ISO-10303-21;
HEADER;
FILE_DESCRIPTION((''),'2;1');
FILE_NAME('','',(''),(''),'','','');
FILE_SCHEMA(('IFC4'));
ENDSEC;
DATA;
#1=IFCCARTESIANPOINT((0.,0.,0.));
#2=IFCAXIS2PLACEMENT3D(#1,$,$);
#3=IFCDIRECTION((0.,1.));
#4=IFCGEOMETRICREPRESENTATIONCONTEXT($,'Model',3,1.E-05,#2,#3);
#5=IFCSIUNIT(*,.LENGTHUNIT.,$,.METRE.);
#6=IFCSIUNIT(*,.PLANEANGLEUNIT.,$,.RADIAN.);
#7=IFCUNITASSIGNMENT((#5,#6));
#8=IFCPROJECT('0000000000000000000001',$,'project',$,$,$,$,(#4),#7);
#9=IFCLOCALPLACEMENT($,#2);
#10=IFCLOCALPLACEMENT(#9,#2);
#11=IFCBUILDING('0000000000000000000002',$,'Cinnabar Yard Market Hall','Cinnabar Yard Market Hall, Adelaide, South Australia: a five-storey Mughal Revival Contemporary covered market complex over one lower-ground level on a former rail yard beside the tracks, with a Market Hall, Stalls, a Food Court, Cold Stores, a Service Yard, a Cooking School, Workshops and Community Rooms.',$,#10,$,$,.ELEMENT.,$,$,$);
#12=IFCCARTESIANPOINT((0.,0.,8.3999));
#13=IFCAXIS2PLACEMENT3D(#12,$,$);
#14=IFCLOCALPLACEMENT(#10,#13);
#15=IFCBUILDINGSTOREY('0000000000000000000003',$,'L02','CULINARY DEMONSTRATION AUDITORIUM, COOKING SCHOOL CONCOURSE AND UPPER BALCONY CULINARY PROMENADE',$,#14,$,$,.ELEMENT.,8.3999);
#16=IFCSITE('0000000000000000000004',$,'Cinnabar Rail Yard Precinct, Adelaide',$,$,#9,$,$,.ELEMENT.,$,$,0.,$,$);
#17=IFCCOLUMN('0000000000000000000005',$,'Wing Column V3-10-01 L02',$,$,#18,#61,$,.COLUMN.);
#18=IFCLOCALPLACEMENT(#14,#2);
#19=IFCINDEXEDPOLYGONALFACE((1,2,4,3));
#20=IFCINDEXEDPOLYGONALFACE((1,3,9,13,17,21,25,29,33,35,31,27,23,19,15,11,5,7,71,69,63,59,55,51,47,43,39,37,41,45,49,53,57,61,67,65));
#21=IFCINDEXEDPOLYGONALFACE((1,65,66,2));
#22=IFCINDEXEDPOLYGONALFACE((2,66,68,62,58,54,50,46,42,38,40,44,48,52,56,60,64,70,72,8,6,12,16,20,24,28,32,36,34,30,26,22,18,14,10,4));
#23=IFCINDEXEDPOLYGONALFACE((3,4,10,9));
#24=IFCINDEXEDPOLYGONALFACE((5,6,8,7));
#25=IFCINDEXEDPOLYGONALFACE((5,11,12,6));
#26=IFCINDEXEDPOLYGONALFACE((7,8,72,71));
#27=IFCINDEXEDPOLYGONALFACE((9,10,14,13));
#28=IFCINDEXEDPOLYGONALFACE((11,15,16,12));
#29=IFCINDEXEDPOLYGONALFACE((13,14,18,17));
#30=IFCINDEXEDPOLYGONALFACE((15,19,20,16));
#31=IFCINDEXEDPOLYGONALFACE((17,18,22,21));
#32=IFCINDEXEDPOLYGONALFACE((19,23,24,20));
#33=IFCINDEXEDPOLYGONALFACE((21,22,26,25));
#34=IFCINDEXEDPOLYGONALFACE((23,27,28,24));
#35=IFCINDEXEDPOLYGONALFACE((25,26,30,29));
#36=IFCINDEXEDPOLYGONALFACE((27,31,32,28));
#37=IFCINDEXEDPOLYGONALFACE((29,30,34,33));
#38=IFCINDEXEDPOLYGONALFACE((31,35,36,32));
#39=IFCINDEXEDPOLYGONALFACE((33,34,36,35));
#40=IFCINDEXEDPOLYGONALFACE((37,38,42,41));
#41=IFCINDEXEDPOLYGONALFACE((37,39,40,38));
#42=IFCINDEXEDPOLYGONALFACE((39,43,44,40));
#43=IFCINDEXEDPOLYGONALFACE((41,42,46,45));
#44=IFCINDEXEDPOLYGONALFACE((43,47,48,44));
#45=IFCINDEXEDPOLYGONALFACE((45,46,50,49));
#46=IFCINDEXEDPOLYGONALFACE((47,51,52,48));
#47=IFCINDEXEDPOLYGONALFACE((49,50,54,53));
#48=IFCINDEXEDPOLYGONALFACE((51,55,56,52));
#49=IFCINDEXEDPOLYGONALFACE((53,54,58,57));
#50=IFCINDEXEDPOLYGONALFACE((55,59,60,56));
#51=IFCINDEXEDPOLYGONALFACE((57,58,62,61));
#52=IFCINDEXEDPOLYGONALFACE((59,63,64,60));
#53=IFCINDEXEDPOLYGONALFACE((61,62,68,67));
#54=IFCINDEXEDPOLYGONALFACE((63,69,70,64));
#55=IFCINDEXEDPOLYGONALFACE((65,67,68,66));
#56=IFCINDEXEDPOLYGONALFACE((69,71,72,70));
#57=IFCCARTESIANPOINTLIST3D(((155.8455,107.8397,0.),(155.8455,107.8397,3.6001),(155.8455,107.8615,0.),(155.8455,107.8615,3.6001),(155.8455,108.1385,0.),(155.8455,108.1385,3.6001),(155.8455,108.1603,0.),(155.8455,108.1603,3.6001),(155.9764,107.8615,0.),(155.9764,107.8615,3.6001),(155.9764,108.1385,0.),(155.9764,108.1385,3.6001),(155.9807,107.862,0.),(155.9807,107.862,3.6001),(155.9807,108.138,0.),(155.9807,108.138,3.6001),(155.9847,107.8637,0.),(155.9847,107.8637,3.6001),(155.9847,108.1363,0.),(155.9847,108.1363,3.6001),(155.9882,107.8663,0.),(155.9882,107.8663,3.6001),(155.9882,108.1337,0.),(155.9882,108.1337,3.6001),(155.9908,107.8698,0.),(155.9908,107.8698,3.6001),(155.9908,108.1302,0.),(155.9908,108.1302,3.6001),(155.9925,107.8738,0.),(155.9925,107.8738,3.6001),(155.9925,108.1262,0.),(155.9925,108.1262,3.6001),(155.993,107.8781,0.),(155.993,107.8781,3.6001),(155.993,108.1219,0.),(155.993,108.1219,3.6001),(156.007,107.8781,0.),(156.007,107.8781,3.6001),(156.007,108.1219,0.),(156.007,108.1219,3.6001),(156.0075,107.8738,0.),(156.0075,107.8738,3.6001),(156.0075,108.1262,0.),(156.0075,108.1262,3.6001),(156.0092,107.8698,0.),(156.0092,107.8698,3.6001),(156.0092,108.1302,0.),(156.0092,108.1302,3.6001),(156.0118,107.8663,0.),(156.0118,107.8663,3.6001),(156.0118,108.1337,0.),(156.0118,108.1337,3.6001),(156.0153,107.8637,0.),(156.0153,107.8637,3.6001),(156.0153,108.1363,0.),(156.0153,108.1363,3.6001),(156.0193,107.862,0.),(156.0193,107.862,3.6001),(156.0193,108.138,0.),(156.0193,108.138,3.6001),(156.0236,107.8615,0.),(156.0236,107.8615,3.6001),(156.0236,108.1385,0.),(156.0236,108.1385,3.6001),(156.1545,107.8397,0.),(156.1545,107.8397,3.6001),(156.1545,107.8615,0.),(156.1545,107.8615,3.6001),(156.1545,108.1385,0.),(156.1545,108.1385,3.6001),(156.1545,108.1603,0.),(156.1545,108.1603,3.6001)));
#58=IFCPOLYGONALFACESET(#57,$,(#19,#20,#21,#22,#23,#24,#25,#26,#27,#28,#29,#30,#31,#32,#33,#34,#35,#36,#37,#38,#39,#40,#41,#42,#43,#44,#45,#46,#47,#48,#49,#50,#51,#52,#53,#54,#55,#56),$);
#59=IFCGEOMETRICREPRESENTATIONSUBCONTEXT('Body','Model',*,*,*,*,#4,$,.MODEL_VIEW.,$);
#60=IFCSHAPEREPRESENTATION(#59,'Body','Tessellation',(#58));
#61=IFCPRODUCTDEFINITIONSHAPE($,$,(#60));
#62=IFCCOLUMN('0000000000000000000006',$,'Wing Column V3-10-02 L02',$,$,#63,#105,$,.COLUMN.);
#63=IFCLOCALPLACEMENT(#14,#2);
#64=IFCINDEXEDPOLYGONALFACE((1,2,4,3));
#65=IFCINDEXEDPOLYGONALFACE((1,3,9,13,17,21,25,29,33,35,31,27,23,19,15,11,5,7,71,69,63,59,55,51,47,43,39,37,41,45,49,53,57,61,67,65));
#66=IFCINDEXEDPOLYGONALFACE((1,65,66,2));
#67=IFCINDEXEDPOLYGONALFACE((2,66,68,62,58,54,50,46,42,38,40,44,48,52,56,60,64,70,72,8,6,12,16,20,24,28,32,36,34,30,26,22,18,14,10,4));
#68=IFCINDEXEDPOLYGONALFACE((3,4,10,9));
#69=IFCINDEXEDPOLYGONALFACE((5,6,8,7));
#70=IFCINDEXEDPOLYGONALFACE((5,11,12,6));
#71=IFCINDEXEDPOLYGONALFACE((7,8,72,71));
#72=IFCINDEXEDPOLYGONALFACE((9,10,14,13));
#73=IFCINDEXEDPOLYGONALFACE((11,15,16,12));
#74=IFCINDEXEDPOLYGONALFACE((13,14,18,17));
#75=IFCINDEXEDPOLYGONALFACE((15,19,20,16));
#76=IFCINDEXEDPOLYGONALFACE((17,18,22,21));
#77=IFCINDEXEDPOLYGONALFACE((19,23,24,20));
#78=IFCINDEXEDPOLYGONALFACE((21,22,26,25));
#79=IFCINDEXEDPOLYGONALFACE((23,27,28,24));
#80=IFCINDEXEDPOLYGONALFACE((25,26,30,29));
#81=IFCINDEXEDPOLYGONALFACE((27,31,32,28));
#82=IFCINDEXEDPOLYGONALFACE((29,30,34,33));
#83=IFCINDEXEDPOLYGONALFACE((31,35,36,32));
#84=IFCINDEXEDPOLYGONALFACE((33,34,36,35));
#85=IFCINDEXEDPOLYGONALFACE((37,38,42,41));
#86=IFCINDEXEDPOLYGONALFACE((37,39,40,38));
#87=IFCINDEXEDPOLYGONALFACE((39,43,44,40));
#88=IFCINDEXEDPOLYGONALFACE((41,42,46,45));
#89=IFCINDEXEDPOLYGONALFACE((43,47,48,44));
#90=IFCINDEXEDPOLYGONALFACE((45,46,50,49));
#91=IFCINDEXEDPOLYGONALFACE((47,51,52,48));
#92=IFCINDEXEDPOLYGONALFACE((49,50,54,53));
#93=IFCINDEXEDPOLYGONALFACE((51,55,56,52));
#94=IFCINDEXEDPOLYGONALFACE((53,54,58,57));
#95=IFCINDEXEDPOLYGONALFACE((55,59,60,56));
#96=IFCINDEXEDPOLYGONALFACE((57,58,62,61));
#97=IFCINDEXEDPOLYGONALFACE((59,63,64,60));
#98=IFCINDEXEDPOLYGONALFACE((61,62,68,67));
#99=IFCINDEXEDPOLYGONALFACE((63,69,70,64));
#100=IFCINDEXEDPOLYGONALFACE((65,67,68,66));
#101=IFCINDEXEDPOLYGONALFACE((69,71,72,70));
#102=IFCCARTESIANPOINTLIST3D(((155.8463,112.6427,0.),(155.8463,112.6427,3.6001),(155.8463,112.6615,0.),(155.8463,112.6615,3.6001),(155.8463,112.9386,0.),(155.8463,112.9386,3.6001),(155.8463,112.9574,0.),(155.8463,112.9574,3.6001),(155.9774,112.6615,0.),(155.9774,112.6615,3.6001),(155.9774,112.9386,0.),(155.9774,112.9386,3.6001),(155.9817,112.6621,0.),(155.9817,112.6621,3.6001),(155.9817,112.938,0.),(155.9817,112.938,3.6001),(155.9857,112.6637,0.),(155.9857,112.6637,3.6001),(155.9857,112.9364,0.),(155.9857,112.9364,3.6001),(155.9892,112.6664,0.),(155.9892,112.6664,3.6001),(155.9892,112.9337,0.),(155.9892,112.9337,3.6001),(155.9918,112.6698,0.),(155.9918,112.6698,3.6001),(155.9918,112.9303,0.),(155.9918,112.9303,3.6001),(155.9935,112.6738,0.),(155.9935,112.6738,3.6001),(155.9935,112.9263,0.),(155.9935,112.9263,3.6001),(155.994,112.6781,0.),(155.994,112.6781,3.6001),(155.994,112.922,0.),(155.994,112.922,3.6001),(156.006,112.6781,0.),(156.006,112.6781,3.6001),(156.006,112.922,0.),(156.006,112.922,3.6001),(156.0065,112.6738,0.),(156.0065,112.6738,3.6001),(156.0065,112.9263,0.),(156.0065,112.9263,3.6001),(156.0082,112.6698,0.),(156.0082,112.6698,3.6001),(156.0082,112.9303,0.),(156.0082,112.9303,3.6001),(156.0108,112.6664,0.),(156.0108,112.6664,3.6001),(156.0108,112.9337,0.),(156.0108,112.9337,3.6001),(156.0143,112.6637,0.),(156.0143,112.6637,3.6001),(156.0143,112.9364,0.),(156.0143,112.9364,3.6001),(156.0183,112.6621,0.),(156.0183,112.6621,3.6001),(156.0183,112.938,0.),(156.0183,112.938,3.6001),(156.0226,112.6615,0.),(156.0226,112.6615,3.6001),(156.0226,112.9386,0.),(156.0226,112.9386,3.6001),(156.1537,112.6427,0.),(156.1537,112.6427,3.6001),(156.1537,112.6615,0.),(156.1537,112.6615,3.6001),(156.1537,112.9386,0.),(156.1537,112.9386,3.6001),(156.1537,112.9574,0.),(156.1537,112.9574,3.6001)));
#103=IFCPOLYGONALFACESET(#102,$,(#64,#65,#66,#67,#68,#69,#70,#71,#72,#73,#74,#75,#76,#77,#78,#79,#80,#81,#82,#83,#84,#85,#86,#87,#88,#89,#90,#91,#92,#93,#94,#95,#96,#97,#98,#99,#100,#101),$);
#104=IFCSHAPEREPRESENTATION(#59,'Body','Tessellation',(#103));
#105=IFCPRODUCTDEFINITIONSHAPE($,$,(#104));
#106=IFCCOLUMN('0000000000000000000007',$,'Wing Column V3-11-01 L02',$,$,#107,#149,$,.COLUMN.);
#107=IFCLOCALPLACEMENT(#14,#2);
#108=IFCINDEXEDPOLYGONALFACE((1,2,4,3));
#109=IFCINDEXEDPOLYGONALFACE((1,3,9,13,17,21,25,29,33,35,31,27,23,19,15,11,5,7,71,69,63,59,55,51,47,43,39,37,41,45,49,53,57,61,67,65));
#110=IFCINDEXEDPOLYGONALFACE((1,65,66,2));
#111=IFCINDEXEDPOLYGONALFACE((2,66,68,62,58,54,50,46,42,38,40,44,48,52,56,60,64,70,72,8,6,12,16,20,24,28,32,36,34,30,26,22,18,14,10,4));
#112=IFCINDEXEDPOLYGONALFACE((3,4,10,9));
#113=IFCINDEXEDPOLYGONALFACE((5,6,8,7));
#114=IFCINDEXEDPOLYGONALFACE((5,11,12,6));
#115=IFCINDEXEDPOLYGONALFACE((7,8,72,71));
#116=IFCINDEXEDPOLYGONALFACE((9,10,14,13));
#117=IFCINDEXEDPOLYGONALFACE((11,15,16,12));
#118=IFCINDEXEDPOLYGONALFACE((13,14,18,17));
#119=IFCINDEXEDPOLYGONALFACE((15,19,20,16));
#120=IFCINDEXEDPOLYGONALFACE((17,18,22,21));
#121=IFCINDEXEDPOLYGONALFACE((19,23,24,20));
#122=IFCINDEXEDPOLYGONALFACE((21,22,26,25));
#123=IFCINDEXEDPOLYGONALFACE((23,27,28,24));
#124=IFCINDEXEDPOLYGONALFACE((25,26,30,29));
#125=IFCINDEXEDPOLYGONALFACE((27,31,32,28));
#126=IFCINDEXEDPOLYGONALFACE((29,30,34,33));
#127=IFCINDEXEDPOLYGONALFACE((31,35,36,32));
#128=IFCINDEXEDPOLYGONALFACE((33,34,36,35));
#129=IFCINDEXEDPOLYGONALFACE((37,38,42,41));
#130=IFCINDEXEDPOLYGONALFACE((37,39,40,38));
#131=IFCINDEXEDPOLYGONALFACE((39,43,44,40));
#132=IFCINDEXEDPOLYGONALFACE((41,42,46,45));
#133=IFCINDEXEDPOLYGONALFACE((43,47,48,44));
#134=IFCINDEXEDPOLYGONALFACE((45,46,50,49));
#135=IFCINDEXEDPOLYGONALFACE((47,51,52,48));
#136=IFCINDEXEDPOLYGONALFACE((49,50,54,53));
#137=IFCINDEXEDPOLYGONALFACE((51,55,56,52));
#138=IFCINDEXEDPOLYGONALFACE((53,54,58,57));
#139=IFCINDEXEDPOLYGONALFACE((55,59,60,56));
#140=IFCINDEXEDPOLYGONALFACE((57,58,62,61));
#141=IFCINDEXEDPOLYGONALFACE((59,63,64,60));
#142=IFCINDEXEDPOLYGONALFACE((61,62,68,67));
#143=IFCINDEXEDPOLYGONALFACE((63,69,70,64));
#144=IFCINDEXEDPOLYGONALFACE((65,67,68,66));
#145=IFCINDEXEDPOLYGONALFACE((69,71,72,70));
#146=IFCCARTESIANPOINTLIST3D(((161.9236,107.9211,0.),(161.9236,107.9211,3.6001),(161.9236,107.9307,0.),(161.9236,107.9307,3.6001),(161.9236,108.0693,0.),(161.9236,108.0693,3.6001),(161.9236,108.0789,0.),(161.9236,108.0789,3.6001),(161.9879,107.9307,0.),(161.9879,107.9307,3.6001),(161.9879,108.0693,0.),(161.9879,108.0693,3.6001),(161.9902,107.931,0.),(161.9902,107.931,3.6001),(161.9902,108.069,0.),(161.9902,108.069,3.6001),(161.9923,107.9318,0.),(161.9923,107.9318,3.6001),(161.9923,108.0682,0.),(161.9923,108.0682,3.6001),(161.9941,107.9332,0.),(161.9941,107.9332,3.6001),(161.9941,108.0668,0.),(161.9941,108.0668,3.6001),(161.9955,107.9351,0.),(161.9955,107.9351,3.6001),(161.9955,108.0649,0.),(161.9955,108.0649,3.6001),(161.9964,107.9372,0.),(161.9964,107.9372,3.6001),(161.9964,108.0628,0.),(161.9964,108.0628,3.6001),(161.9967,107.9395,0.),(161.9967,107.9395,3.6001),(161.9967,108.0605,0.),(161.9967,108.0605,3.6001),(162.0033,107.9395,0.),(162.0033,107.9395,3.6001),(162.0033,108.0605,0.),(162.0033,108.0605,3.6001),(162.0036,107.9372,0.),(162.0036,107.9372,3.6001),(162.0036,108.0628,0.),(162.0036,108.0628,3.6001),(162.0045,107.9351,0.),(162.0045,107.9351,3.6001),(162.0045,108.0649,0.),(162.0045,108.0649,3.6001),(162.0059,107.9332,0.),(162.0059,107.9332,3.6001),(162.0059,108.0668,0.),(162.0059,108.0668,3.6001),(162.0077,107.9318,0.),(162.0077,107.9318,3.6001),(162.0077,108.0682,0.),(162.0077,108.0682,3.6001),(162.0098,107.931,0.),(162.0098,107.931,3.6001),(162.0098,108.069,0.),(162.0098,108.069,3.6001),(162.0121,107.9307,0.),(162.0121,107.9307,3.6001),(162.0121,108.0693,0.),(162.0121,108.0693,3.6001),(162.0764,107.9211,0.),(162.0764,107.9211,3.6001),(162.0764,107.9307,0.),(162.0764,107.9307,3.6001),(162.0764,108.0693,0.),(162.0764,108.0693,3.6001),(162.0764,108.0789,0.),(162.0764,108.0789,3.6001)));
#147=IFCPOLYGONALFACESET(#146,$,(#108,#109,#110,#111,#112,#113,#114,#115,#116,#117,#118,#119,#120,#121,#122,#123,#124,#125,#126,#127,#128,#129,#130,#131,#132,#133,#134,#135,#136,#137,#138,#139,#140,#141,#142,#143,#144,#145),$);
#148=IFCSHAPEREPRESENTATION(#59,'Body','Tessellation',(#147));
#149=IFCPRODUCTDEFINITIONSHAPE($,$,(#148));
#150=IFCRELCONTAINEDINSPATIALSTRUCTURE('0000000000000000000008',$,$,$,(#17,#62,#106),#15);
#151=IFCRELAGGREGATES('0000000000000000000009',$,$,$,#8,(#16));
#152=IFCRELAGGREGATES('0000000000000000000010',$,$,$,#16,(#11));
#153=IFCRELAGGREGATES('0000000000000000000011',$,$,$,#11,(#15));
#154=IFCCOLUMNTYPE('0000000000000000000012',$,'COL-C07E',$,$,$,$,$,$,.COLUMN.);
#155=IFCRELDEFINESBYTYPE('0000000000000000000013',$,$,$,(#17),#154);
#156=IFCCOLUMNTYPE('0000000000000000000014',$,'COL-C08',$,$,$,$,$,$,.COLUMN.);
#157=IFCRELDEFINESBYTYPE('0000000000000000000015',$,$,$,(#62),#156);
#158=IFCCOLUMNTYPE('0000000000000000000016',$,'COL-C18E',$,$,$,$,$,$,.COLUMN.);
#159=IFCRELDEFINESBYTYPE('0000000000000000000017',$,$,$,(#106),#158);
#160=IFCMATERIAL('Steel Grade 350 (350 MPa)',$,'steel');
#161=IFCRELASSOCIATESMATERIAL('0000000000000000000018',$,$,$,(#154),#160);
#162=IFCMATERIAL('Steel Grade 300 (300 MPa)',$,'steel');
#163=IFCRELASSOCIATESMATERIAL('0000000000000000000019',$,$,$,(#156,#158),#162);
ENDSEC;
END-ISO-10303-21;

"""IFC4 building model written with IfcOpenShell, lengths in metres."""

from ifc_helpers import new_model, si_unit, direction, frame, origin, origin_2d_with_axis, place, context, subcontext, project, spatial, i_section, extrude, material, material_profile, profile_set, type_object, element, save


model = new_model("IFC4")

# Units and contexts
model_context = context("Model", 3, precision=1e-05, world=origin(), true_north=direction((0.0, 1.0)))
body_context = subcontext(model_context, "Body", "Model", "MODEL_VIEW")
ifc_project = project(units=[si_unit("LENGTHUNIT", "METRE"), si_unit("PLANEANGLEUNIT", "RADIAN")], contexts=[model_context])

# Site, building, storey
site_placement = place(None, origin())
site = spatial("IfcSite", under=ifc_project, at=site_placement, Name="Cinnabar Rail Yard Precinct, Adelaide", CompositionType="ELEMENT", RefElevation=0.0)
building_placement = place(site_placement, origin())
building = spatial("IfcBuilding", under=site, at=building_placement, Name="Cinnabar Yard Market Hall", Description="Cinnabar Yard Market Hall, Adelaide, South Australia: a five-storey Mughal Revival Contemporary covered market complex over one lower-ground level on a former rail yard beside the tracks, with a Market Hall, Stalls, a Food Court, Cold Stores, a Service Yard, a Cooking School, Workshops and Community Rooms.", CompositionType="ELEMENT")
storey_placement = place(building_placement, frame((0.0, 0.0, 8.3999)))
storey = spatial("IfcBuildingStorey", under=building, at=storey_placement, Name="L02", Description="CULINARY DEMONSTRATION AUDITORIUM, COOKING SCHOOL CONCOURSE AND UPPER BALCONY CULINARY PROMENADE", CompositionType="ELEMENT", Elevation=8.3999)

# Columns
ifc_material_1 = material(Name="Steel Grade 350 (350 MPa)", Category="steel")
ifc_material_profile_1 = material_profile(ifc_material_1, i_section(OverallWidth=0.3091, OverallDepth=0.3206, WebThickness=0.0139, FlangeThickness=0.0217, FilletRadius=0.0166, at=origin_2d_with_axis()), Name="310UC137")
ifc_profile_set_1 = profile_set([ifc_material_profile_1], Name="Steel Grade 350 (350 MPa)")
column_type_1 = type_object("IfcColumnType", Name="COL-C07E", PredefinedType="COLUMN", material=ifc_profile_set_1)
column_1_placement = place(storey_placement, frame((156.0, 108.0, 0.0), z_axis=(0.0, 0.0, 1.0), x_axis=(1.0, 0.0, 0.0)))
element("IfcColumn", 1, at=column_1_placement, inside=storey, type_object=column_type_1, Name="Wing Column V3-10-01 L02", PredefinedType="COLUMN", context=body_context, shape_type="SweptSolid", body=[
    extrude(i_section(OverallWidth=0.3091, OverallDepth=0.3206, WebThickness=0.0139, FlangeThickness=0.0217, FilletRadius=0.0166, at=origin_2d_with_axis()), origin(), (0.0, 0.0, 1.0), 3.6001),
])
ifc_material_2 = material(Name="Steel Grade 300 (300 MPa)", Category="steel")
ifc_material_profile_2 = material_profile(ifc_material_2, i_section(OverallWidth=0.3074, OverallDepth=0.3147, WebThickness=0.012, FlangeThickness=0.0188, FilletRadius=0.0166, at=origin_2d_with_axis()), Name="310UC118")
ifc_profile_set_2 = profile_set([ifc_material_profile_2], Name="Steel Grade 300 (300 MPa)")
column_type_2 = type_object("IfcColumnType", Name="COL-C08", PredefinedType="COLUMN", material=ifc_profile_set_2)
column_2_placement = place(storey_placement, frame((156.0, 112.8, 0.0), z_axis=(0.0, 0.0, 1.0), x_axis=(1.0, 0.0, 0.0)))
element("IfcColumn", 2, at=column_2_placement, inside=storey, type_object=column_type_2, Name="Wing Column V3-10-02 L02", PredefinedType="COLUMN", context=body_context, shape_type="SweptSolid", body=[
    extrude(i_section(OverallWidth=0.3074, OverallDepth=0.3147, WebThickness=0.012, FlangeThickness=0.0188, FilletRadius=0.0166, at=origin_2d_with_axis()), origin(), (0.0, 0.0, 1.0), 3.6001),
])
ifc_material_profile_3 = material_profile(ifc_material_2, i_section(OverallWidth=0.1528, OverallDepth=0.1577, WebThickness=0.0066, FlangeThickness=0.0095, FilletRadius=0.0088, at=origin_2d_with_axis()), Name="150UC30.0")
ifc_profile_set_3 = profile_set([ifc_material_profile_3], Name="Steel Grade 300 (300 MPa)")
column_type_3 = type_object("IfcColumnType", Name="COL-C18E", PredefinedType="COLUMN", material=ifc_profile_set_3)
column_3_placement = place(storey_placement, frame((162.0, 108.0, 0.0), z_axis=(0.0, 0.0, 1.0), x_axis=(1.0, 0.0, 0.0)))
element("IfcColumn", 3, at=column_3_placement, inside=storey, type_object=column_type_3, Name="Wing Column V3-11-01 L02", PredefinedType="COLUMN", context=body_context, shape_type="SweptSolid", body=[
    extrude(i_section(OverallWidth=0.1528, OverallDepth=0.1577, WebThickness=0.0066, FlangeThickness=0.0095, FilletRadius=0.0088, at=origin_2d_with_axis()), origin(), (0.0, 0.0, 1.0), 3.6001),
])

save(model, "model.ifc")
